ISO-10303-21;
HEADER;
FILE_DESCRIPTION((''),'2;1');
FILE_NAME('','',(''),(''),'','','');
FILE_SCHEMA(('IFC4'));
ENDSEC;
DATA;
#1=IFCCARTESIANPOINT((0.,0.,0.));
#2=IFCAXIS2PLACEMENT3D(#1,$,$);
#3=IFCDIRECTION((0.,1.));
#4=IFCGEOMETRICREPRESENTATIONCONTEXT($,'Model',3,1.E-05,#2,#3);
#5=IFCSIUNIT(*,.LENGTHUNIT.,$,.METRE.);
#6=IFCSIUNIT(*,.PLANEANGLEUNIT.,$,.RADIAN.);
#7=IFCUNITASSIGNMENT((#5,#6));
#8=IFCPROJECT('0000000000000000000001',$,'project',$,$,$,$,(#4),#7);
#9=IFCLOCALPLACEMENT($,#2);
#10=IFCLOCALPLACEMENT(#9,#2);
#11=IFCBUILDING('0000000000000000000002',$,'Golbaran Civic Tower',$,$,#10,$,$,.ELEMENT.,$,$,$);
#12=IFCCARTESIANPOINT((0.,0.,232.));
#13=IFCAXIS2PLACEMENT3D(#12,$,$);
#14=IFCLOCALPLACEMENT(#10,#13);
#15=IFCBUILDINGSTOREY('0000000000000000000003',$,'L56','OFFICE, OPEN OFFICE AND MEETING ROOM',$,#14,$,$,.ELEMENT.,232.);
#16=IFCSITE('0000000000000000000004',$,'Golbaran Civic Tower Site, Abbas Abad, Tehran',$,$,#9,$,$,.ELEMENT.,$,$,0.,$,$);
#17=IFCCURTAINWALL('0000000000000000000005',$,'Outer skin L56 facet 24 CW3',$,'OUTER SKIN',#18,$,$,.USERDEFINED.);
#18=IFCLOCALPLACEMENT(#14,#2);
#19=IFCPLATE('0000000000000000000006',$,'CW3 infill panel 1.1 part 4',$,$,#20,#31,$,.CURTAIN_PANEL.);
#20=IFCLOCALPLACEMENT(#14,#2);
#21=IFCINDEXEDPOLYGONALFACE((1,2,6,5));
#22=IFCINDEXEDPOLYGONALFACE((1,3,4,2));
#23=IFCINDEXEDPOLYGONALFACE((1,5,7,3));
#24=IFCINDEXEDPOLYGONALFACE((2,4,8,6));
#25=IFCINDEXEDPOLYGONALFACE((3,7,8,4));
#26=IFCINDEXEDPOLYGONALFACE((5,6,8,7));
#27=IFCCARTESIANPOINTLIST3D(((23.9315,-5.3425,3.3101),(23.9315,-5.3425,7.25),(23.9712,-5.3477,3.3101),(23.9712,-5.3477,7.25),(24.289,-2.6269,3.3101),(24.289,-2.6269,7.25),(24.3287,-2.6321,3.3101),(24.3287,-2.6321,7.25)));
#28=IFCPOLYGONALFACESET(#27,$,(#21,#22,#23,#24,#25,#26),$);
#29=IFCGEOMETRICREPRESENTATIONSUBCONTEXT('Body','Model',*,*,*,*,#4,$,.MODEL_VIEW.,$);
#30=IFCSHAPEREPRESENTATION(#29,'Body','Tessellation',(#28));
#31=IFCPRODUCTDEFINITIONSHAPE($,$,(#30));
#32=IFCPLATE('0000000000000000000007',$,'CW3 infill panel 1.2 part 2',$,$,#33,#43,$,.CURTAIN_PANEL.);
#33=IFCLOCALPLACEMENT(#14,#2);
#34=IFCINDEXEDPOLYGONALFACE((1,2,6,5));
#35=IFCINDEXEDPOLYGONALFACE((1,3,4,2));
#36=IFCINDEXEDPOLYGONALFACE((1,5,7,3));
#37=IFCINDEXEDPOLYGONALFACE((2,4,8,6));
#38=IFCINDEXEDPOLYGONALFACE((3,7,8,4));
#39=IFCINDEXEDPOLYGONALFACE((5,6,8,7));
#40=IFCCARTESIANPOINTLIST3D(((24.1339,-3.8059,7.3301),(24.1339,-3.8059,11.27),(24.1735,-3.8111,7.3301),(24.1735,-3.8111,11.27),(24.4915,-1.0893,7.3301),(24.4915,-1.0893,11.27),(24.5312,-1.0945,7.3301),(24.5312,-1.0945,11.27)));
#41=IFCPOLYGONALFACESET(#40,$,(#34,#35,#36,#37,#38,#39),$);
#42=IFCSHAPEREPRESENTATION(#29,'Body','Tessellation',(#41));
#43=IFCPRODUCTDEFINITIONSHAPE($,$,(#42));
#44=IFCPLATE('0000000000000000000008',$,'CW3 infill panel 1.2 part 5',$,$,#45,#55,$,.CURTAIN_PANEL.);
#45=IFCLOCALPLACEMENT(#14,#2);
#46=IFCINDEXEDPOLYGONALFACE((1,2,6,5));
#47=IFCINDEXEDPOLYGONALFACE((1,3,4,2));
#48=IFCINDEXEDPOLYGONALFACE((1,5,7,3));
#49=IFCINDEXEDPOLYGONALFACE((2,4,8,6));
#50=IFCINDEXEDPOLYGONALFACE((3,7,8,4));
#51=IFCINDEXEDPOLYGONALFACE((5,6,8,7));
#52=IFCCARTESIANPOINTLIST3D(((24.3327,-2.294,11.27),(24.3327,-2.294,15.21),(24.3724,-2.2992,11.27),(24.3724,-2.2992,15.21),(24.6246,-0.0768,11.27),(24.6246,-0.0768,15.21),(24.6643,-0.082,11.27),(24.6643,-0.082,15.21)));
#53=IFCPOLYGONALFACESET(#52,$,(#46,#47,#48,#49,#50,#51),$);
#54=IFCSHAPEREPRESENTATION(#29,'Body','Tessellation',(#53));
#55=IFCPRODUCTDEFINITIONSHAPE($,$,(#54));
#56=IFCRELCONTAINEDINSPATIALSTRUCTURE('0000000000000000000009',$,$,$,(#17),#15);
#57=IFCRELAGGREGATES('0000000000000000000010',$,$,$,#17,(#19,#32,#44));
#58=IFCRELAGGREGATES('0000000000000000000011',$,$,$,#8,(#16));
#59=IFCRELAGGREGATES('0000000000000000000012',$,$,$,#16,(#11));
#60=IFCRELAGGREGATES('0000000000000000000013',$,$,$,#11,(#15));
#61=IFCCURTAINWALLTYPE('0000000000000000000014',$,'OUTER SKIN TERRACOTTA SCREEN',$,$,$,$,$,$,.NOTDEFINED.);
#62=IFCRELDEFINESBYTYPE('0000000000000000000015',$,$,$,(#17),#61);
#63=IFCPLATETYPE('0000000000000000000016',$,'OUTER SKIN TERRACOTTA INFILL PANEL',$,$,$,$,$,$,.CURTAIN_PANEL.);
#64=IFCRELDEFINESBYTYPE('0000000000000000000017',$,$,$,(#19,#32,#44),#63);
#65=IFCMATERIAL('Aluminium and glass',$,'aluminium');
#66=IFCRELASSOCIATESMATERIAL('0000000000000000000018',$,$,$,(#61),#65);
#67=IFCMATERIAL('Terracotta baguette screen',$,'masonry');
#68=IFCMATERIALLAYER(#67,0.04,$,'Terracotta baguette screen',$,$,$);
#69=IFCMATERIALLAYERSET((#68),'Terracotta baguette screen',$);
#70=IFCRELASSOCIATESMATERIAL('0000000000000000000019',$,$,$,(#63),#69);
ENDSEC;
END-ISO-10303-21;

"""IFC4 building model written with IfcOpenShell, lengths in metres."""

from ifc_helpers import new_model, si_unit, direction, frame, origin, origin_2d, place, context, subcontext, project, spatial, rectangle, extrude, material, layer, layer_set, type_object, element, aggregate, save


model = new_model("IFC4")

# Units and contexts
model_context = context("Model", 3, precision=1e-05, world=origin(), true_north=direction((0.0, 1.0)))
body_context = subcontext(model_context, "Body", "Model", "MODEL_VIEW")
ifc_project = project(units=[si_unit("LENGTHUNIT", "METRE"), si_unit("PLANEANGLEUNIT", "RADIAN")], contexts=[model_context])

# Site, building, storey
site_placement = place(None, origin())
site = spatial("IfcSite", under=ifc_project, at=site_placement, Name="Golbaran Civic Tower Site, Abbas Abad, Tehran", CompositionType="ELEMENT", RefElevation=0.0)
building_placement = place(site_placement, origin())
building = spatial("IfcBuilding", under=site, at=building_placement, Name="Golbaran Civic Tower", CompositionType="ELEMENT")
storey_placement = place(building_placement, frame((0.0, 0.0, 232.0)))
storey = spatial("IfcBuildingStorey", under=building, at=storey_placement, Name="L56", Description="OFFICE, OPEN OFFICE AND MEETING ROOM", CompositionType="ELEMENT", Elevation=232.0)

# Curtain wall
ifc_material_1 = material(Name="Aluminium and glass", Category="aluminium")
curtain_wall_type_1 = type_object("IfcCurtainWallType", Name="OUTER SKIN TERRACOTTA SCREEN", PredefinedType="NOTDEFINED", material=ifc_material_1)
curtain_wall_1_placement = place(storey_placement, origin())
curtain_wall_1 = element("IfcCurtainWall", 1, at=curtain_wall_1_placement, inside=storey, type_object=curtain_wall_type_1, Name="Outer skin L56 facet 24 CW3", ObjectType="OUTER SKIN", PredefinedType="USERDEFINED")

# Plates
ifc_material_2 = material(Name="Terracotta baguette screen", Category="masonry")
ifc_layer_1 = layer(ifc_material_2, 0.04, Name="Terracotta baguette screen")
ifc_layer_set_1 = layer_set([ifc_layer_1], Name="Terracotta baguette screen")
plate_type_1 = type_object("IfcPlateType", Name="OUTER SKIN TERRACOTTA INFILL PANEL", PredefinedType="CURTAIN_PANEL", material=ifc_layer_set_1)
plate_1_placement = place(storey_placement, frame((24.1301, -3.9873, 3.3101), z_axis=(0.0, 0.0, 1.0), x_axis=(0.130526, 0.991445, 0.0)))
plate_1 = element("IfcPlate", 2, at=plate_1_placement, type_object=plate_type_1, Name="CW3 infill panel 1.1 part 4", PredefinedType="CURTAIN_PANEL", context=body_context, shape_type="SweptSolid", body=[
    extrude(rectangle(XDim=2.739, YDim=0.04, at=origin_2d()), origin(), (0.0, 0.0, 1.0), 3.9399),
])
plate_2_placement = place(storey_placement, frame((24.3325, -2.4502, 7.3301), z_axis=(0.0, 0.0, 1.0), x_axis=(0.130526, 0.991445, 0.0)))
plate_2 = element("IfcPlate", 3, at=plate_2_placement, type_object=plate_type_1, Name="CW3 infill panel 1.2 part 2", PredefinedType="CURTAIN_PANEL", context=body_context, shape_type="SweptSolid", body=[
    extrude(rectangle(XDim=2.74, YDim=0.04, at=origin_2d()), origin(), (0.0, 0.0, 1.0), 3.9399),
])
plate_3_placement = place(storey_placement, frame((24.4985, -1.188, 11.27), z_axis=(0.0, 0.0, 1.0), x_axis=(0.130526, 0.991445, 0.0)))
plate_3 = element("IfcPlate", 4, at=plate_3_placement, type_object=plate_type_1, Name="CW3 infill panel 1.2 part 5", PredefinedType="CURTAIN_PANEL", context=body_context, shape_type="SweptSolid", body=[
    extrude(rectangle(XDim=2.2363, YDim=0.04, at=origin_2d()), origin(), (0.0, 0.0, 1.0), 3.9399),
])
aggregate(curtain_wall_1, [plate_1, plate_2, plate_3])

save(model, "model.ifc")
